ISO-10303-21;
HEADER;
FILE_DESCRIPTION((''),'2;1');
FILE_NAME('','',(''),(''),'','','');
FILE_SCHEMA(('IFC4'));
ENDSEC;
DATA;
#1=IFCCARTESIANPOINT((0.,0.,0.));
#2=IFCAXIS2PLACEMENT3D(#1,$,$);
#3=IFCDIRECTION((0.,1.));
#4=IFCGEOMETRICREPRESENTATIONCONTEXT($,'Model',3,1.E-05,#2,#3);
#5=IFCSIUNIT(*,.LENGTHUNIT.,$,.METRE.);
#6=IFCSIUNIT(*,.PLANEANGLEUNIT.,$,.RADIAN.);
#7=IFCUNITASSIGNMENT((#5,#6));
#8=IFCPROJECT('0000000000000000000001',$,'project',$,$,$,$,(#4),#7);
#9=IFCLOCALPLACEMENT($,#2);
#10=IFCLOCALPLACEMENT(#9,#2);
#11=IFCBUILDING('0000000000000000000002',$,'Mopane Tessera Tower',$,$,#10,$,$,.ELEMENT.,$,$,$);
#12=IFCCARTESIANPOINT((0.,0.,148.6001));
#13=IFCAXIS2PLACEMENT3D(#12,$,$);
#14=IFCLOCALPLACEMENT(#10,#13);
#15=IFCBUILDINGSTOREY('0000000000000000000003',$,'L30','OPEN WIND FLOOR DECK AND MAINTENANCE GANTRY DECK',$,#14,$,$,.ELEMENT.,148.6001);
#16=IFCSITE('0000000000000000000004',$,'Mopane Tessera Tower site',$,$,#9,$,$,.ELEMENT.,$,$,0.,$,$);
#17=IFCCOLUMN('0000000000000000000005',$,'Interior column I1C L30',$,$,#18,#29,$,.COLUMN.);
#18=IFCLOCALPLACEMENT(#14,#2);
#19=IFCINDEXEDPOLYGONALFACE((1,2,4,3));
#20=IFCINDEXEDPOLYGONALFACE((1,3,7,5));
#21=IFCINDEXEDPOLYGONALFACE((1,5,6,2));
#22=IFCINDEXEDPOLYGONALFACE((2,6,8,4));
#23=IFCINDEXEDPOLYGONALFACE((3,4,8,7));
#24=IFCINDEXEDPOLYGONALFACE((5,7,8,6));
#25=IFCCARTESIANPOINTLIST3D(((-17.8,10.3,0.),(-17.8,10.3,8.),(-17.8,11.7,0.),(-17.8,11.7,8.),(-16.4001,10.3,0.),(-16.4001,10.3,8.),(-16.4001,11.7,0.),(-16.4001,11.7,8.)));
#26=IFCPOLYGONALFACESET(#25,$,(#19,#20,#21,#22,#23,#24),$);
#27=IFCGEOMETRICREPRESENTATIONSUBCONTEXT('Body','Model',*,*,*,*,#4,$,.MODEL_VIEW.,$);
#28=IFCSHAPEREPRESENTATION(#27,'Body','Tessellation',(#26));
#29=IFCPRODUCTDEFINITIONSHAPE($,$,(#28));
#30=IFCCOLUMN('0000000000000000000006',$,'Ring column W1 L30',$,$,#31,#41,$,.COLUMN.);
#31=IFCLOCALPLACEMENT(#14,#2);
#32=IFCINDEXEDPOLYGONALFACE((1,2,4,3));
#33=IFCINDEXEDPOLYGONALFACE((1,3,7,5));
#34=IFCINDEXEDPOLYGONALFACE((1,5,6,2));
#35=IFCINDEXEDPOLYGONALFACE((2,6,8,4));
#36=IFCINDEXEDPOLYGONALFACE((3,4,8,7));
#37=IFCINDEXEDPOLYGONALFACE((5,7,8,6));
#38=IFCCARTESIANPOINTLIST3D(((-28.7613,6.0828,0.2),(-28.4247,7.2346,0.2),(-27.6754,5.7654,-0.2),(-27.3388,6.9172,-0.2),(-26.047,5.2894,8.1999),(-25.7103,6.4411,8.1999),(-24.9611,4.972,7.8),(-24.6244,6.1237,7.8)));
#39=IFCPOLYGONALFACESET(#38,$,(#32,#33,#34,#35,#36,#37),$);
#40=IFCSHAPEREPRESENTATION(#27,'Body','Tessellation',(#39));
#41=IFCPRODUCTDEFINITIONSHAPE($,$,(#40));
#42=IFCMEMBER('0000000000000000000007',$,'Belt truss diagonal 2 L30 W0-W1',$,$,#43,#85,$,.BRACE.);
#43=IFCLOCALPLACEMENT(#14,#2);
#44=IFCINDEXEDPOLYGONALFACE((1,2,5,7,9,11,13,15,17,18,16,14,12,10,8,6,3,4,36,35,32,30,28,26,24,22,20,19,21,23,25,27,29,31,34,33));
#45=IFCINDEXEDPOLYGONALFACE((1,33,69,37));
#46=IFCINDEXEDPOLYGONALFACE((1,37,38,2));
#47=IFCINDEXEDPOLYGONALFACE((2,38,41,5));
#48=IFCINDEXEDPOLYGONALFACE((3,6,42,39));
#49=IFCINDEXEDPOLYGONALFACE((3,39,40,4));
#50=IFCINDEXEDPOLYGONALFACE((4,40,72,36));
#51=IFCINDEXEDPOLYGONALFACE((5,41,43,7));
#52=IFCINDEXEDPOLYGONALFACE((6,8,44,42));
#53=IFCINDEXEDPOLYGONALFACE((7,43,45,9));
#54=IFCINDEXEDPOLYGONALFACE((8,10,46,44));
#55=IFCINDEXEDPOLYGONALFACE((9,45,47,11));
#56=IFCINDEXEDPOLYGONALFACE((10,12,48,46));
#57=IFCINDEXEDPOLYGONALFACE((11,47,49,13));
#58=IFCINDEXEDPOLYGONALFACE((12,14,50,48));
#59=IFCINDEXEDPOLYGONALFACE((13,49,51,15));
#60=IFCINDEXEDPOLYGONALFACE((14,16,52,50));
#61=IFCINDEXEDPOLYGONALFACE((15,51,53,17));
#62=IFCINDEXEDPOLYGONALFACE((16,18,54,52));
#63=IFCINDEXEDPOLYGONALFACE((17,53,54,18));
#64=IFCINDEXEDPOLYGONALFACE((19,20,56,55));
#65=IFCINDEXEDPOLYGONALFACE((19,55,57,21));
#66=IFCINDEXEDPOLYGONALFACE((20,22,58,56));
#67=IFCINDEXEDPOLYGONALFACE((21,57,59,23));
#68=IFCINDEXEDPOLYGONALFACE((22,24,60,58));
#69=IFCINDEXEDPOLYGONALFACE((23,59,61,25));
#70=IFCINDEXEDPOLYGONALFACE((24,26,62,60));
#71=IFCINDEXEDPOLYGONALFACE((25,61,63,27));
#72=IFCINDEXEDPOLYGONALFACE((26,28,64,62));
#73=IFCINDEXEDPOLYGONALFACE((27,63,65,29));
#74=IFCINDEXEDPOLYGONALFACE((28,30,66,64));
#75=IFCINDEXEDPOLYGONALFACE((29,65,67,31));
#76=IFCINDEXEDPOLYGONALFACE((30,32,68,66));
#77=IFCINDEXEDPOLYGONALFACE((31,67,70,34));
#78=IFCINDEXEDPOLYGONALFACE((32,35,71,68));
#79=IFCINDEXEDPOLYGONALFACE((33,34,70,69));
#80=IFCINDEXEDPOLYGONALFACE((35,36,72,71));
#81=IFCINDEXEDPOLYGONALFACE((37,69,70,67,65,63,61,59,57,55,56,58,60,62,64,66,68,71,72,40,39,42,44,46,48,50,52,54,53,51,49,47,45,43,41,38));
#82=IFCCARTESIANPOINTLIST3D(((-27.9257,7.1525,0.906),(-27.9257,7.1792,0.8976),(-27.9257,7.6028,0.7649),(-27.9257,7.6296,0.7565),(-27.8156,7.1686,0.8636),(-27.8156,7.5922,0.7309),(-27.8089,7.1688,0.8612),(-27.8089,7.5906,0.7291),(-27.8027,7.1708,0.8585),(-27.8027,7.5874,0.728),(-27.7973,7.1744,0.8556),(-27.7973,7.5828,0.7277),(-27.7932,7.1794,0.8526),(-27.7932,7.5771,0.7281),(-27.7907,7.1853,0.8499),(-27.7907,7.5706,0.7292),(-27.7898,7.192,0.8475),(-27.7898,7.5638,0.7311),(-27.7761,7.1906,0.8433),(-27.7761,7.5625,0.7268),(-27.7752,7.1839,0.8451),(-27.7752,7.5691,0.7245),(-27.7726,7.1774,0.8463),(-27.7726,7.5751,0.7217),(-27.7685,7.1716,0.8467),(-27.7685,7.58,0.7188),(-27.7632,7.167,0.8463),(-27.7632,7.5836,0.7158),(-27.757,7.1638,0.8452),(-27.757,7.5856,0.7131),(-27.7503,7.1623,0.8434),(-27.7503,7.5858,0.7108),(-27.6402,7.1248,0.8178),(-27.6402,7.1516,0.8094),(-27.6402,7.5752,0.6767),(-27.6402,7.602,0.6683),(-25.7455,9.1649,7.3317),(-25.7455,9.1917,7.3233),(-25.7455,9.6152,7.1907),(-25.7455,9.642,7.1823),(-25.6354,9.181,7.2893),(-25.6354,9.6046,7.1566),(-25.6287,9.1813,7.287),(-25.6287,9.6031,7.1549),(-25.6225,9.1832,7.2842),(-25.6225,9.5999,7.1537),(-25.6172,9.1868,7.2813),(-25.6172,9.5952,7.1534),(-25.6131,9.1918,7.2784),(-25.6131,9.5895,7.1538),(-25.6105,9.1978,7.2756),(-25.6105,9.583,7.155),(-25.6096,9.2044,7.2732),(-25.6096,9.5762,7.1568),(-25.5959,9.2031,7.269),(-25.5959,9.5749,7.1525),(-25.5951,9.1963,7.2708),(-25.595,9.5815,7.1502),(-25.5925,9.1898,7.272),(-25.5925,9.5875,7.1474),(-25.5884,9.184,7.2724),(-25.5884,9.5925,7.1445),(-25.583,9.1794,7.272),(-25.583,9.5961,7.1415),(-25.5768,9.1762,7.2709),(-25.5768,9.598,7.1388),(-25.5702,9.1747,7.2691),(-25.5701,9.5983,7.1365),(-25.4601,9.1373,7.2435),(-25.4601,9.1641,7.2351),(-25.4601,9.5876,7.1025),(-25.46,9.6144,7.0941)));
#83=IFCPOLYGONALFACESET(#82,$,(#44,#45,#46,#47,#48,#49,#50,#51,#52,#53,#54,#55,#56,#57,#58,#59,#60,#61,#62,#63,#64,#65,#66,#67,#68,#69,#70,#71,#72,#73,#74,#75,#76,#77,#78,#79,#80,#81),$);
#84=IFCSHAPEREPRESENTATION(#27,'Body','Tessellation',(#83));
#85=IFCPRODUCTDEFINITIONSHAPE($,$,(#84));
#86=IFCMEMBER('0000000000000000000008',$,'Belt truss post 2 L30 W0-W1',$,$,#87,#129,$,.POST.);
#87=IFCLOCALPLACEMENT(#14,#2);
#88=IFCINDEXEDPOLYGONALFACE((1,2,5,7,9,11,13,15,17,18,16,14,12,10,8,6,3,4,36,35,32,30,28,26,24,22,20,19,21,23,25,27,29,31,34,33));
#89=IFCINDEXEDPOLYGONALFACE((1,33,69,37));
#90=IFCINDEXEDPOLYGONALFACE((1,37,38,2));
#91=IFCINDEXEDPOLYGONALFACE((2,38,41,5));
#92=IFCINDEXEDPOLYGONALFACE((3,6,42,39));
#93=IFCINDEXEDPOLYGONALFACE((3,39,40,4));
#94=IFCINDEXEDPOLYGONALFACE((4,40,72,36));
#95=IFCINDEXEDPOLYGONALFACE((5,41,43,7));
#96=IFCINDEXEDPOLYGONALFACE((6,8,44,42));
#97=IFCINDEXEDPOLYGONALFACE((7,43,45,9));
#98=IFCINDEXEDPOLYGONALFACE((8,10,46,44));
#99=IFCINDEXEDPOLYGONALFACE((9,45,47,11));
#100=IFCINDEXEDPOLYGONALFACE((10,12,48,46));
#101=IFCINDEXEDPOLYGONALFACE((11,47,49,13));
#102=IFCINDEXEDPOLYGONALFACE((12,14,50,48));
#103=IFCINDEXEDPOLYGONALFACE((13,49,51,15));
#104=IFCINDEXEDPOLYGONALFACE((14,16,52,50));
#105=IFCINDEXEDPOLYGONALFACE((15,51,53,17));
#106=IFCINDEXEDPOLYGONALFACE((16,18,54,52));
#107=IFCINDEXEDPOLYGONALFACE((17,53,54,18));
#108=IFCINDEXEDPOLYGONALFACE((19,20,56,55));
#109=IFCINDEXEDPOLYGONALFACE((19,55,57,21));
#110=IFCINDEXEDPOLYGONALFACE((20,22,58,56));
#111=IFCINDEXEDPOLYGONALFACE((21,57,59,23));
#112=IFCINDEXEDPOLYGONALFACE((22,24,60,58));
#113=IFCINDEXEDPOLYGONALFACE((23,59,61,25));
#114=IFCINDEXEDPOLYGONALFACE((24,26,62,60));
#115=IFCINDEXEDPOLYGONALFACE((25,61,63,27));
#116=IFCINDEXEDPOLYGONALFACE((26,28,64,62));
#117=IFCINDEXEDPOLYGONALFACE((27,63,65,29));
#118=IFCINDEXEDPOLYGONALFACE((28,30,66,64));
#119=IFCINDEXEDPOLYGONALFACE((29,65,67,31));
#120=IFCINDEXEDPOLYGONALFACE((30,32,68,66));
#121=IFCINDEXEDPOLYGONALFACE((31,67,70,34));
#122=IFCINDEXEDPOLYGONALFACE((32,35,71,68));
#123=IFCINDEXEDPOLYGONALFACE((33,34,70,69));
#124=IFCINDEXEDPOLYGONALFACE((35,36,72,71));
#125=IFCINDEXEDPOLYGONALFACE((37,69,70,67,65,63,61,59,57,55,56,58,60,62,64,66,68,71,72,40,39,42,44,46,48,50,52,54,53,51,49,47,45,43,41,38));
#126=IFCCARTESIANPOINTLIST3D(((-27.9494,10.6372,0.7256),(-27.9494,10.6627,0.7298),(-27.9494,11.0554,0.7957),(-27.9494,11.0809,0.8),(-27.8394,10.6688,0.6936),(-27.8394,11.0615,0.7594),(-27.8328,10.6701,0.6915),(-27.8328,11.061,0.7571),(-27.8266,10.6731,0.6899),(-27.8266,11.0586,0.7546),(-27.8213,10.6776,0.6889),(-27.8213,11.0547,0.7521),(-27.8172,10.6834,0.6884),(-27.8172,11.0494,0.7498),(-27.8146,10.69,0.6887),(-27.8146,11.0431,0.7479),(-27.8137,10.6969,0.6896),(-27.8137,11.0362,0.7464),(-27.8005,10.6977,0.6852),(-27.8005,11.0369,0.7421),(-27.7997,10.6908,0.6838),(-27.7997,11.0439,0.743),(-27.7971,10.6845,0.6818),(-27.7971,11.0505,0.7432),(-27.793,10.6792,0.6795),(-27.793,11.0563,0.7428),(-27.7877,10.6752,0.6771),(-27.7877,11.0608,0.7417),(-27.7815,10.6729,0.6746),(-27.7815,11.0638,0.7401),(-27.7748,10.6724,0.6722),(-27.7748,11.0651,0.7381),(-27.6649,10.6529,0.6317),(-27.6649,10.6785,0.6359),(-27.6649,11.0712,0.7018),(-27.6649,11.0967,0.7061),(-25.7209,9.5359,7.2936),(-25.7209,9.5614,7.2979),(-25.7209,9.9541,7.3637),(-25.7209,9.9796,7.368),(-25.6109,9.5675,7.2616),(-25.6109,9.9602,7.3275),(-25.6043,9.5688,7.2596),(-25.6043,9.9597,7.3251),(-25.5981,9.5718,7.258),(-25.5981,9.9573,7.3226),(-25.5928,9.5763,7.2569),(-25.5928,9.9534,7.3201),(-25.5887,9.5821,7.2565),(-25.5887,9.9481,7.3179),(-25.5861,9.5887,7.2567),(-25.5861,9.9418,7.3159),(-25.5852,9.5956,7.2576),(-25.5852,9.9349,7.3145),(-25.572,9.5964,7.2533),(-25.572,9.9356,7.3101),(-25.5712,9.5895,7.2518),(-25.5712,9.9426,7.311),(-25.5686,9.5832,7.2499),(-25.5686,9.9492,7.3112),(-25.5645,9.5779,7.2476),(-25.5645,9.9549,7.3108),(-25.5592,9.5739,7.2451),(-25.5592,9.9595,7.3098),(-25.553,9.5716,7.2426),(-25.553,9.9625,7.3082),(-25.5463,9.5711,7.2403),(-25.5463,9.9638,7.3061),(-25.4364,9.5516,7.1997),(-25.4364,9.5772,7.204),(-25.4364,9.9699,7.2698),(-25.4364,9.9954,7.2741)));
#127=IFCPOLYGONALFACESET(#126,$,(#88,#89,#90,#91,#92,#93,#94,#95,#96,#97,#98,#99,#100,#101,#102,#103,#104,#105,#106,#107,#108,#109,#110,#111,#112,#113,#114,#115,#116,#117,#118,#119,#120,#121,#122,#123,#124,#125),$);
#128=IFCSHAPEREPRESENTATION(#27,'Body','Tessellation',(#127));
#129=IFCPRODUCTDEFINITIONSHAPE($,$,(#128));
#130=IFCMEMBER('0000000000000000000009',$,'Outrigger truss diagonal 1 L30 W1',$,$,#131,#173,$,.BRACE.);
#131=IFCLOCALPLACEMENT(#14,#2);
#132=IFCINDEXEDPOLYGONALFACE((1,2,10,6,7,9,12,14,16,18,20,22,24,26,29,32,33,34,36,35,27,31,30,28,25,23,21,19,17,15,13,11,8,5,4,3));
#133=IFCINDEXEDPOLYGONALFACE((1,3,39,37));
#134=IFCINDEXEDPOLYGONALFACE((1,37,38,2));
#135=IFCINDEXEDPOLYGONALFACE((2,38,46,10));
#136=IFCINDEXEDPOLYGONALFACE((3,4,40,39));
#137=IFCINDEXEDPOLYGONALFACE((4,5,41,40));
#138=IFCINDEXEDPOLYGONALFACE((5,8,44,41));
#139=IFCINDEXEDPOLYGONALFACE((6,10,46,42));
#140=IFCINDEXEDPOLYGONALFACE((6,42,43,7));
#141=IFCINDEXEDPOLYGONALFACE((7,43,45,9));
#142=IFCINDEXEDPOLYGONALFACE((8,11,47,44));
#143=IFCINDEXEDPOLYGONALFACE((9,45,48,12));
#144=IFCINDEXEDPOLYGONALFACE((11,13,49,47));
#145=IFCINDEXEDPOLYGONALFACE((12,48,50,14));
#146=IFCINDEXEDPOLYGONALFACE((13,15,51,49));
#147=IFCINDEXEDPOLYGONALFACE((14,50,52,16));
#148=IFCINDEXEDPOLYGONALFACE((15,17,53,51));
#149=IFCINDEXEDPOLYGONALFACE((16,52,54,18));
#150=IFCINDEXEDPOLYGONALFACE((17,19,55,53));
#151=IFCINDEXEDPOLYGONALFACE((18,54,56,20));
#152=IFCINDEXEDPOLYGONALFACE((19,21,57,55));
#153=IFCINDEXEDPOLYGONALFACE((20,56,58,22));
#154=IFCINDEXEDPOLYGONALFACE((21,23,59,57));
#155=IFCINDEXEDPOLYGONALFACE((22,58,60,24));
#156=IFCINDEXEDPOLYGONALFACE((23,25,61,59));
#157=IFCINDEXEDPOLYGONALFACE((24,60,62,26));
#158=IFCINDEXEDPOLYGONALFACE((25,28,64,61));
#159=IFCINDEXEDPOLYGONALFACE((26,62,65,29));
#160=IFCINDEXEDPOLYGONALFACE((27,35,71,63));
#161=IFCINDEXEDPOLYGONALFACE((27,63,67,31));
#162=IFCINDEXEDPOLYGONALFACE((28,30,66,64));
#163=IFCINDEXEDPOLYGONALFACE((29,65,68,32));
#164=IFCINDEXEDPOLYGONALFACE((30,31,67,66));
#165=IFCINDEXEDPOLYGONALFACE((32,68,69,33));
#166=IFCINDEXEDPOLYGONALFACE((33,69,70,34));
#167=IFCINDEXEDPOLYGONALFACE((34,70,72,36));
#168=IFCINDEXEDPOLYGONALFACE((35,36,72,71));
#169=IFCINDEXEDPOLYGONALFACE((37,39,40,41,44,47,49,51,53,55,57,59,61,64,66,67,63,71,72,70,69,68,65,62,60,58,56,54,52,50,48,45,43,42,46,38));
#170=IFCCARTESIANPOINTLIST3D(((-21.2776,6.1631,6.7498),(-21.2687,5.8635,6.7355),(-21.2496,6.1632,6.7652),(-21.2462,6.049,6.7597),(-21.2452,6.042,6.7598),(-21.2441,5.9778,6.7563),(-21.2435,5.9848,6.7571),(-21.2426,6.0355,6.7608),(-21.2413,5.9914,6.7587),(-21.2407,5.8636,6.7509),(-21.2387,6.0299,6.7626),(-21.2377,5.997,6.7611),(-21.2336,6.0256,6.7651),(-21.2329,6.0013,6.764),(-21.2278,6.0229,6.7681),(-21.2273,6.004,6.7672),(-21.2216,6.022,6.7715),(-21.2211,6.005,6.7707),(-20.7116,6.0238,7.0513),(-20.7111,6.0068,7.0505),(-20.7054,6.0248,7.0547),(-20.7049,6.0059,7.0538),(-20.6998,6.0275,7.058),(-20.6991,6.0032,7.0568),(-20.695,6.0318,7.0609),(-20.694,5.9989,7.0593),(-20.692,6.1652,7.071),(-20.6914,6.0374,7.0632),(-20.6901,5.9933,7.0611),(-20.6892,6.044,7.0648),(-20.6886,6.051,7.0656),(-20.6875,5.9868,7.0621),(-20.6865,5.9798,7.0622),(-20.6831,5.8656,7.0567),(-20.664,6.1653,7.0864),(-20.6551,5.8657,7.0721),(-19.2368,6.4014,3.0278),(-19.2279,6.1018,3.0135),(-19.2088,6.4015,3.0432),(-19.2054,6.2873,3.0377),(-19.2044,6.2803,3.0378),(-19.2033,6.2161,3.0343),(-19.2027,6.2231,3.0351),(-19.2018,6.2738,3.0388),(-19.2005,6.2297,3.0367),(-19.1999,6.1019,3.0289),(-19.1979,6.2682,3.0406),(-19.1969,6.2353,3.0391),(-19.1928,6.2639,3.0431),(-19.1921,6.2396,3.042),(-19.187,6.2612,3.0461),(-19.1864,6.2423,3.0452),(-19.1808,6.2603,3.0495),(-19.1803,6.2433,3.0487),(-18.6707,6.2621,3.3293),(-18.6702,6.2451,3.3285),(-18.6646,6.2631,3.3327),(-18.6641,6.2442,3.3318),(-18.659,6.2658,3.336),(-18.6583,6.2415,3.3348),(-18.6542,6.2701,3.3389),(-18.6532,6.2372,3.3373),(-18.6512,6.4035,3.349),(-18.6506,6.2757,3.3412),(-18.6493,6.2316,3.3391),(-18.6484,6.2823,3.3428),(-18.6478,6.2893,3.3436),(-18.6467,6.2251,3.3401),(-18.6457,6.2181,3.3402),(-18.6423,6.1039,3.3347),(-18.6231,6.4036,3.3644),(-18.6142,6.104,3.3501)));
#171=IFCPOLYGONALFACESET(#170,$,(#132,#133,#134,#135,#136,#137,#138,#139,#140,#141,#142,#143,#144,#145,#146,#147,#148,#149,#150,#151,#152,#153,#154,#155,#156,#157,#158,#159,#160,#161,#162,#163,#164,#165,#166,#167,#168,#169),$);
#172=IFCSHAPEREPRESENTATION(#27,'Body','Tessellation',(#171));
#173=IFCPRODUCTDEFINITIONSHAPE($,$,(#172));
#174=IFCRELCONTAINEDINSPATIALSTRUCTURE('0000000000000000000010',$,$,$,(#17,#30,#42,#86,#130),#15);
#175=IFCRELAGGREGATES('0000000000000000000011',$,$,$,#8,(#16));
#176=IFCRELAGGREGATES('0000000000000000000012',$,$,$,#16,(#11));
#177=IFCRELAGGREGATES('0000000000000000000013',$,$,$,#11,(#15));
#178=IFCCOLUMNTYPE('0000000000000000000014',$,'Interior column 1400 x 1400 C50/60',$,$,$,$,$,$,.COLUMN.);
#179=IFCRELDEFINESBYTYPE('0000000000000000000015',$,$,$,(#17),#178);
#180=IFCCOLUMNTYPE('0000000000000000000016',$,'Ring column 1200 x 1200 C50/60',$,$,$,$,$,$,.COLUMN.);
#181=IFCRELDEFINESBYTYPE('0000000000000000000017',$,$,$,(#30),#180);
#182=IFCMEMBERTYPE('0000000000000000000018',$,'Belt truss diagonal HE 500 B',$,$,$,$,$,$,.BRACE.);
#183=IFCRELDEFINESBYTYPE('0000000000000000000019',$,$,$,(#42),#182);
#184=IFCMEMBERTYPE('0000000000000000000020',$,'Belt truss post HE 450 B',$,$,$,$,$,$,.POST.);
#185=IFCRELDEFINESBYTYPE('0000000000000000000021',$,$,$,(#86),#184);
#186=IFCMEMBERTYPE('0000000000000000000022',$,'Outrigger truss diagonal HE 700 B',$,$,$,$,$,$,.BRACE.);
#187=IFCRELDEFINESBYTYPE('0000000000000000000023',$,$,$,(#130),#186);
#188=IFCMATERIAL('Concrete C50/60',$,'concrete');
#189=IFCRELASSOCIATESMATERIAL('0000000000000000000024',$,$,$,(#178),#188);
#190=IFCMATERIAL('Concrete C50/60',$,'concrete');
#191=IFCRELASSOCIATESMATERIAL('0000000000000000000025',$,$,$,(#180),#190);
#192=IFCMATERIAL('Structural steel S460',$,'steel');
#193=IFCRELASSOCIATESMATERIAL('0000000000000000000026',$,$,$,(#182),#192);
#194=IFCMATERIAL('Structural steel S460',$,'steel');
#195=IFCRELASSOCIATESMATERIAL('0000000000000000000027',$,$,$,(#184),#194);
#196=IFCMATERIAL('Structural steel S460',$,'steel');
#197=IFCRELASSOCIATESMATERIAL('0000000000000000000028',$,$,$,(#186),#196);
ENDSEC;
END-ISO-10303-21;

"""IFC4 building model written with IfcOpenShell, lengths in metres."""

from ifc_helpers import new_model, si_unit, direction, frame, origin, origin_2d, place, context, subcontext, project, spatial, rectangle, i_section, extrude, material, material_profile, profile_set, type_object, element, save


model = new_model("IFC4")

# Units and contexts
model_context = context("Model", 3, precision=1e-05, world=origin(), true_north=direction((0.0, 1.0)))
body_context = subcontext(model_context, "Body", "Model", "MODEL_VIEW")
ifc_project = project(units=[si_unit("LENGTHUNIT", "METRE"), si_unit("PLANEANGLEUNIT", "RADIAN")], contexts=[model_context])

# Site, building, storey
site_placement = place(None, origin())
site = spatial("IfcSite", under=ifc_project, at=site_placement, Name="Mopane Tessera Tower site", CompositionType="ELEMENT", RefElevation=0.0)
building_placement = place(site_placement, origin())
building = spatial("IfcBuilding", under=site, at=building_placement, Name="Mopane Tessera Tower", CompositionType="ELEMENT")
storey_placement = place(building_placement, frame((0.0, 0.0, 148.6001)))
storey = spatial("IfcBuildingStorey", under=building, at=storey_placement, Name="L30", Description="OPEN WIND FLOOR DECK AND MAINTENANCE GANTRY DECK", CompositionType="ELEMENT", Elevation=148.6001)

# Columns
ifc_material_1 = material(Name="Concrete C50/60", Category="concrete")
ifc_material_profile_1 = material_profile(ifc_material_1, rectangle(XDim=1.3999, YDim=1.3999, at=origin_2d()))
ifc_profile_set_1 = profile_set([ifc_material_profile_1], Name="Concrete C50/60")
column_type_1 = type_object("IfcColumnType", Name="Interior column 1400 x 1400 C50/60", PredefinedType="COLUMN", material=ifc_profile_set_1)
column_1_placement = place(storey_placement, frame((-17.1001, 11.0, 0.0), z_axis=(0.0, 0.0, 1.0), x_axis=(1.0, 0.0, 0.0)))
element("IfcColumn", 1, at=column_1_placement, inside=storey, type_object=column_type_1, Name="Interior column I1C L30", PredefinedType="COLUMN", context=body_context, shape_type="SweptSolid", body=[
    extrude(rectangle(XDim=1.3999, YDim=1.3999, at=origin_2d()), origin(), (0.0, 0.0, 1.0), 8.0),
])
ifc_material_2 = material(Name="Concrete C50/60", Category="concrete")
ifc_material_profile_2 = material_profile(ifc_material_2, rectangle(XDim=1.2, YDim=1.2, at=origin_2d()))
ifc_profile_set_2 = profile_set([ifc_material_profile_2], Name="Concrete C50/60")
column_type_2 = type_object("IfcColumnType", Name="Ring column 1200 x 1200 C50/60", PredefinedType="COLUMN", material=ifc_profile_set_2)
column_2_placement = place(storey_placement, frame((-28.05, 6.5, 0.0), z_axis=(0.319896, -0.093512, 0.942827), x_axis=(0.280577, 0.959832, 0.0)))
element("IfcColumn", 2, at=column_2_placement, inside=storey, type_object=column_type_2, Name="Ring column W1 L30", PredefinedType="COLUMN", context=body_context, shape_type="SweptSolid", body=[
    extrude(rectangle(XDim=1.2, YDim=1.2, at=origin_2d()), origin(), (0.0, 0.0, 1.0), 8.4851),
])

# Members
ifc_material_3 = material(Name="Structural steel S460", Category="steel")
ifc_material_profile_3 = material_profile(ifc_material_3, i_section(OverallWidth=0.3, OverallDepth=0.5, WebThickness=0.0144, FlangeThickness=0.0281, FilletRadius=0.0271, at=origin_2d()))
ifc_profile_set_3 = profile_set([ifc_material_profile_3], Name="Structural steel S460")
member_type_1 = type_object("IfcMemberType", Name="Belt truss diagonal HE 500 B", PredefinedType="BRACE", material=ifc_profile_set_3)
member_1_placement = place(storey_placement, frame((-25.6028, 9.3896, 7.2129), z_axis=(-0.308035, -0.284337, -0.907892), x_axis=(0.951375, -0.092078, -0.293951)))
element("IfcMember", 3, at=member_1_placement, inside=storey, type_object=member_type_1, Name="Belt truss diagonal 2 L30 W0-W1", PredefinedType="BRACE", context=body_context, shape_type="SweptSolid", body=[
    extrude(i_section(OverallWidth=0.3, OverallDepth=0.5, WebThickness=0.0144, FlangeThickness=0.0281, FilletRadius=0.0271, at=origin_2d()), origin(), (0.0, 0.0, 1.0), 7.0776),
])
ifc_material_4 = material(Name="Structural steel S460", Category="steel")
ifc_material_profile_4 = material_profile(ifc_material_4, i_section(OverallWidth=0.3, OverallDepth=0.45, WebThickness=0.0139, FlangeThickness=0.0259, FilletRadius=0.0271, at=origin_2d()))
ifc_profile_set_4 = profile_set([ifc_material_profile_4], Name="Structural steel S460")
member_type_2 = type_object("IfcMemberType", Name="Belt truss post HE 450 B", PredefinedType="POST", material=ifc_profile_set_4)
member_2_placement = place(storey_placement, frame((-27.8071, 10.8669, 0.7158), z_axis=(0.317327, -0.156821, 0.93526), x_axis=(0.948316, 0.052488, -0.312956)))
element("IfcMember", 4, at=member_2_placement, inside=storey, type_object=member_type_2, Name="Belt truss post 2 L30 W0-W1", PredefinedType="POST", context=body_context, shape_type="SweptSolid", body=[
    extrude(i_section(OverallWidth=0.3, OverallDepth=0.45, WebThickness=0.0139, FlangeThickness=0.0259, FilletRadius=0.0271, at=origin_2d()), origin(), (0.0, 0.0, 1.0), 7.0227),
])
ifc_material_5 = material(Name="Structural steel S460", Category="steel")
ifc_material_profile_5 = material_profile(ifc_material_5, i_section(OverallWidth=0.3, OverallDepth=0.7, WebThickness=0.0171, FlangeThickness=0.032, FilletRadius=0.0271, at=origin_2d()))
ifc_profile_set_5 = profile_set([ifc_material_profile_5], Name="Structural steel S460")
member_type_3 = type_object("IfcMemberType", Name="Outrigger truss diagonal HE 700 B", PredefinedType="BRACE", material=ifc_profile_set_5)
member_3_placement = place(storey_placement, frame((-18.9255, 6.2527, 3.189), z_axis=(-0.480026, -0.056048, 0.875462), x_axis=(0.029661, -0.998423, -0.047656)))
element("IfcMember", 5, at=member_3_placement, inside=storey, type_object=member_type_3, Name="Outrigger truss diagonal 1 L30 W1", PredefinedType="BRACE", context=body_context, shape_type="SweptSolid", body=[
    extrude(i_section(OverallWidth=0.3, OverallDepth=0.7, WebThickness=0.0171, FlangeThickness=0.032, FilletRadius=0.0271, at=origin_2d()), origin(), (0.0, 0.0, 1.0), 4.2515),
])

save(model, "model.ifc")
